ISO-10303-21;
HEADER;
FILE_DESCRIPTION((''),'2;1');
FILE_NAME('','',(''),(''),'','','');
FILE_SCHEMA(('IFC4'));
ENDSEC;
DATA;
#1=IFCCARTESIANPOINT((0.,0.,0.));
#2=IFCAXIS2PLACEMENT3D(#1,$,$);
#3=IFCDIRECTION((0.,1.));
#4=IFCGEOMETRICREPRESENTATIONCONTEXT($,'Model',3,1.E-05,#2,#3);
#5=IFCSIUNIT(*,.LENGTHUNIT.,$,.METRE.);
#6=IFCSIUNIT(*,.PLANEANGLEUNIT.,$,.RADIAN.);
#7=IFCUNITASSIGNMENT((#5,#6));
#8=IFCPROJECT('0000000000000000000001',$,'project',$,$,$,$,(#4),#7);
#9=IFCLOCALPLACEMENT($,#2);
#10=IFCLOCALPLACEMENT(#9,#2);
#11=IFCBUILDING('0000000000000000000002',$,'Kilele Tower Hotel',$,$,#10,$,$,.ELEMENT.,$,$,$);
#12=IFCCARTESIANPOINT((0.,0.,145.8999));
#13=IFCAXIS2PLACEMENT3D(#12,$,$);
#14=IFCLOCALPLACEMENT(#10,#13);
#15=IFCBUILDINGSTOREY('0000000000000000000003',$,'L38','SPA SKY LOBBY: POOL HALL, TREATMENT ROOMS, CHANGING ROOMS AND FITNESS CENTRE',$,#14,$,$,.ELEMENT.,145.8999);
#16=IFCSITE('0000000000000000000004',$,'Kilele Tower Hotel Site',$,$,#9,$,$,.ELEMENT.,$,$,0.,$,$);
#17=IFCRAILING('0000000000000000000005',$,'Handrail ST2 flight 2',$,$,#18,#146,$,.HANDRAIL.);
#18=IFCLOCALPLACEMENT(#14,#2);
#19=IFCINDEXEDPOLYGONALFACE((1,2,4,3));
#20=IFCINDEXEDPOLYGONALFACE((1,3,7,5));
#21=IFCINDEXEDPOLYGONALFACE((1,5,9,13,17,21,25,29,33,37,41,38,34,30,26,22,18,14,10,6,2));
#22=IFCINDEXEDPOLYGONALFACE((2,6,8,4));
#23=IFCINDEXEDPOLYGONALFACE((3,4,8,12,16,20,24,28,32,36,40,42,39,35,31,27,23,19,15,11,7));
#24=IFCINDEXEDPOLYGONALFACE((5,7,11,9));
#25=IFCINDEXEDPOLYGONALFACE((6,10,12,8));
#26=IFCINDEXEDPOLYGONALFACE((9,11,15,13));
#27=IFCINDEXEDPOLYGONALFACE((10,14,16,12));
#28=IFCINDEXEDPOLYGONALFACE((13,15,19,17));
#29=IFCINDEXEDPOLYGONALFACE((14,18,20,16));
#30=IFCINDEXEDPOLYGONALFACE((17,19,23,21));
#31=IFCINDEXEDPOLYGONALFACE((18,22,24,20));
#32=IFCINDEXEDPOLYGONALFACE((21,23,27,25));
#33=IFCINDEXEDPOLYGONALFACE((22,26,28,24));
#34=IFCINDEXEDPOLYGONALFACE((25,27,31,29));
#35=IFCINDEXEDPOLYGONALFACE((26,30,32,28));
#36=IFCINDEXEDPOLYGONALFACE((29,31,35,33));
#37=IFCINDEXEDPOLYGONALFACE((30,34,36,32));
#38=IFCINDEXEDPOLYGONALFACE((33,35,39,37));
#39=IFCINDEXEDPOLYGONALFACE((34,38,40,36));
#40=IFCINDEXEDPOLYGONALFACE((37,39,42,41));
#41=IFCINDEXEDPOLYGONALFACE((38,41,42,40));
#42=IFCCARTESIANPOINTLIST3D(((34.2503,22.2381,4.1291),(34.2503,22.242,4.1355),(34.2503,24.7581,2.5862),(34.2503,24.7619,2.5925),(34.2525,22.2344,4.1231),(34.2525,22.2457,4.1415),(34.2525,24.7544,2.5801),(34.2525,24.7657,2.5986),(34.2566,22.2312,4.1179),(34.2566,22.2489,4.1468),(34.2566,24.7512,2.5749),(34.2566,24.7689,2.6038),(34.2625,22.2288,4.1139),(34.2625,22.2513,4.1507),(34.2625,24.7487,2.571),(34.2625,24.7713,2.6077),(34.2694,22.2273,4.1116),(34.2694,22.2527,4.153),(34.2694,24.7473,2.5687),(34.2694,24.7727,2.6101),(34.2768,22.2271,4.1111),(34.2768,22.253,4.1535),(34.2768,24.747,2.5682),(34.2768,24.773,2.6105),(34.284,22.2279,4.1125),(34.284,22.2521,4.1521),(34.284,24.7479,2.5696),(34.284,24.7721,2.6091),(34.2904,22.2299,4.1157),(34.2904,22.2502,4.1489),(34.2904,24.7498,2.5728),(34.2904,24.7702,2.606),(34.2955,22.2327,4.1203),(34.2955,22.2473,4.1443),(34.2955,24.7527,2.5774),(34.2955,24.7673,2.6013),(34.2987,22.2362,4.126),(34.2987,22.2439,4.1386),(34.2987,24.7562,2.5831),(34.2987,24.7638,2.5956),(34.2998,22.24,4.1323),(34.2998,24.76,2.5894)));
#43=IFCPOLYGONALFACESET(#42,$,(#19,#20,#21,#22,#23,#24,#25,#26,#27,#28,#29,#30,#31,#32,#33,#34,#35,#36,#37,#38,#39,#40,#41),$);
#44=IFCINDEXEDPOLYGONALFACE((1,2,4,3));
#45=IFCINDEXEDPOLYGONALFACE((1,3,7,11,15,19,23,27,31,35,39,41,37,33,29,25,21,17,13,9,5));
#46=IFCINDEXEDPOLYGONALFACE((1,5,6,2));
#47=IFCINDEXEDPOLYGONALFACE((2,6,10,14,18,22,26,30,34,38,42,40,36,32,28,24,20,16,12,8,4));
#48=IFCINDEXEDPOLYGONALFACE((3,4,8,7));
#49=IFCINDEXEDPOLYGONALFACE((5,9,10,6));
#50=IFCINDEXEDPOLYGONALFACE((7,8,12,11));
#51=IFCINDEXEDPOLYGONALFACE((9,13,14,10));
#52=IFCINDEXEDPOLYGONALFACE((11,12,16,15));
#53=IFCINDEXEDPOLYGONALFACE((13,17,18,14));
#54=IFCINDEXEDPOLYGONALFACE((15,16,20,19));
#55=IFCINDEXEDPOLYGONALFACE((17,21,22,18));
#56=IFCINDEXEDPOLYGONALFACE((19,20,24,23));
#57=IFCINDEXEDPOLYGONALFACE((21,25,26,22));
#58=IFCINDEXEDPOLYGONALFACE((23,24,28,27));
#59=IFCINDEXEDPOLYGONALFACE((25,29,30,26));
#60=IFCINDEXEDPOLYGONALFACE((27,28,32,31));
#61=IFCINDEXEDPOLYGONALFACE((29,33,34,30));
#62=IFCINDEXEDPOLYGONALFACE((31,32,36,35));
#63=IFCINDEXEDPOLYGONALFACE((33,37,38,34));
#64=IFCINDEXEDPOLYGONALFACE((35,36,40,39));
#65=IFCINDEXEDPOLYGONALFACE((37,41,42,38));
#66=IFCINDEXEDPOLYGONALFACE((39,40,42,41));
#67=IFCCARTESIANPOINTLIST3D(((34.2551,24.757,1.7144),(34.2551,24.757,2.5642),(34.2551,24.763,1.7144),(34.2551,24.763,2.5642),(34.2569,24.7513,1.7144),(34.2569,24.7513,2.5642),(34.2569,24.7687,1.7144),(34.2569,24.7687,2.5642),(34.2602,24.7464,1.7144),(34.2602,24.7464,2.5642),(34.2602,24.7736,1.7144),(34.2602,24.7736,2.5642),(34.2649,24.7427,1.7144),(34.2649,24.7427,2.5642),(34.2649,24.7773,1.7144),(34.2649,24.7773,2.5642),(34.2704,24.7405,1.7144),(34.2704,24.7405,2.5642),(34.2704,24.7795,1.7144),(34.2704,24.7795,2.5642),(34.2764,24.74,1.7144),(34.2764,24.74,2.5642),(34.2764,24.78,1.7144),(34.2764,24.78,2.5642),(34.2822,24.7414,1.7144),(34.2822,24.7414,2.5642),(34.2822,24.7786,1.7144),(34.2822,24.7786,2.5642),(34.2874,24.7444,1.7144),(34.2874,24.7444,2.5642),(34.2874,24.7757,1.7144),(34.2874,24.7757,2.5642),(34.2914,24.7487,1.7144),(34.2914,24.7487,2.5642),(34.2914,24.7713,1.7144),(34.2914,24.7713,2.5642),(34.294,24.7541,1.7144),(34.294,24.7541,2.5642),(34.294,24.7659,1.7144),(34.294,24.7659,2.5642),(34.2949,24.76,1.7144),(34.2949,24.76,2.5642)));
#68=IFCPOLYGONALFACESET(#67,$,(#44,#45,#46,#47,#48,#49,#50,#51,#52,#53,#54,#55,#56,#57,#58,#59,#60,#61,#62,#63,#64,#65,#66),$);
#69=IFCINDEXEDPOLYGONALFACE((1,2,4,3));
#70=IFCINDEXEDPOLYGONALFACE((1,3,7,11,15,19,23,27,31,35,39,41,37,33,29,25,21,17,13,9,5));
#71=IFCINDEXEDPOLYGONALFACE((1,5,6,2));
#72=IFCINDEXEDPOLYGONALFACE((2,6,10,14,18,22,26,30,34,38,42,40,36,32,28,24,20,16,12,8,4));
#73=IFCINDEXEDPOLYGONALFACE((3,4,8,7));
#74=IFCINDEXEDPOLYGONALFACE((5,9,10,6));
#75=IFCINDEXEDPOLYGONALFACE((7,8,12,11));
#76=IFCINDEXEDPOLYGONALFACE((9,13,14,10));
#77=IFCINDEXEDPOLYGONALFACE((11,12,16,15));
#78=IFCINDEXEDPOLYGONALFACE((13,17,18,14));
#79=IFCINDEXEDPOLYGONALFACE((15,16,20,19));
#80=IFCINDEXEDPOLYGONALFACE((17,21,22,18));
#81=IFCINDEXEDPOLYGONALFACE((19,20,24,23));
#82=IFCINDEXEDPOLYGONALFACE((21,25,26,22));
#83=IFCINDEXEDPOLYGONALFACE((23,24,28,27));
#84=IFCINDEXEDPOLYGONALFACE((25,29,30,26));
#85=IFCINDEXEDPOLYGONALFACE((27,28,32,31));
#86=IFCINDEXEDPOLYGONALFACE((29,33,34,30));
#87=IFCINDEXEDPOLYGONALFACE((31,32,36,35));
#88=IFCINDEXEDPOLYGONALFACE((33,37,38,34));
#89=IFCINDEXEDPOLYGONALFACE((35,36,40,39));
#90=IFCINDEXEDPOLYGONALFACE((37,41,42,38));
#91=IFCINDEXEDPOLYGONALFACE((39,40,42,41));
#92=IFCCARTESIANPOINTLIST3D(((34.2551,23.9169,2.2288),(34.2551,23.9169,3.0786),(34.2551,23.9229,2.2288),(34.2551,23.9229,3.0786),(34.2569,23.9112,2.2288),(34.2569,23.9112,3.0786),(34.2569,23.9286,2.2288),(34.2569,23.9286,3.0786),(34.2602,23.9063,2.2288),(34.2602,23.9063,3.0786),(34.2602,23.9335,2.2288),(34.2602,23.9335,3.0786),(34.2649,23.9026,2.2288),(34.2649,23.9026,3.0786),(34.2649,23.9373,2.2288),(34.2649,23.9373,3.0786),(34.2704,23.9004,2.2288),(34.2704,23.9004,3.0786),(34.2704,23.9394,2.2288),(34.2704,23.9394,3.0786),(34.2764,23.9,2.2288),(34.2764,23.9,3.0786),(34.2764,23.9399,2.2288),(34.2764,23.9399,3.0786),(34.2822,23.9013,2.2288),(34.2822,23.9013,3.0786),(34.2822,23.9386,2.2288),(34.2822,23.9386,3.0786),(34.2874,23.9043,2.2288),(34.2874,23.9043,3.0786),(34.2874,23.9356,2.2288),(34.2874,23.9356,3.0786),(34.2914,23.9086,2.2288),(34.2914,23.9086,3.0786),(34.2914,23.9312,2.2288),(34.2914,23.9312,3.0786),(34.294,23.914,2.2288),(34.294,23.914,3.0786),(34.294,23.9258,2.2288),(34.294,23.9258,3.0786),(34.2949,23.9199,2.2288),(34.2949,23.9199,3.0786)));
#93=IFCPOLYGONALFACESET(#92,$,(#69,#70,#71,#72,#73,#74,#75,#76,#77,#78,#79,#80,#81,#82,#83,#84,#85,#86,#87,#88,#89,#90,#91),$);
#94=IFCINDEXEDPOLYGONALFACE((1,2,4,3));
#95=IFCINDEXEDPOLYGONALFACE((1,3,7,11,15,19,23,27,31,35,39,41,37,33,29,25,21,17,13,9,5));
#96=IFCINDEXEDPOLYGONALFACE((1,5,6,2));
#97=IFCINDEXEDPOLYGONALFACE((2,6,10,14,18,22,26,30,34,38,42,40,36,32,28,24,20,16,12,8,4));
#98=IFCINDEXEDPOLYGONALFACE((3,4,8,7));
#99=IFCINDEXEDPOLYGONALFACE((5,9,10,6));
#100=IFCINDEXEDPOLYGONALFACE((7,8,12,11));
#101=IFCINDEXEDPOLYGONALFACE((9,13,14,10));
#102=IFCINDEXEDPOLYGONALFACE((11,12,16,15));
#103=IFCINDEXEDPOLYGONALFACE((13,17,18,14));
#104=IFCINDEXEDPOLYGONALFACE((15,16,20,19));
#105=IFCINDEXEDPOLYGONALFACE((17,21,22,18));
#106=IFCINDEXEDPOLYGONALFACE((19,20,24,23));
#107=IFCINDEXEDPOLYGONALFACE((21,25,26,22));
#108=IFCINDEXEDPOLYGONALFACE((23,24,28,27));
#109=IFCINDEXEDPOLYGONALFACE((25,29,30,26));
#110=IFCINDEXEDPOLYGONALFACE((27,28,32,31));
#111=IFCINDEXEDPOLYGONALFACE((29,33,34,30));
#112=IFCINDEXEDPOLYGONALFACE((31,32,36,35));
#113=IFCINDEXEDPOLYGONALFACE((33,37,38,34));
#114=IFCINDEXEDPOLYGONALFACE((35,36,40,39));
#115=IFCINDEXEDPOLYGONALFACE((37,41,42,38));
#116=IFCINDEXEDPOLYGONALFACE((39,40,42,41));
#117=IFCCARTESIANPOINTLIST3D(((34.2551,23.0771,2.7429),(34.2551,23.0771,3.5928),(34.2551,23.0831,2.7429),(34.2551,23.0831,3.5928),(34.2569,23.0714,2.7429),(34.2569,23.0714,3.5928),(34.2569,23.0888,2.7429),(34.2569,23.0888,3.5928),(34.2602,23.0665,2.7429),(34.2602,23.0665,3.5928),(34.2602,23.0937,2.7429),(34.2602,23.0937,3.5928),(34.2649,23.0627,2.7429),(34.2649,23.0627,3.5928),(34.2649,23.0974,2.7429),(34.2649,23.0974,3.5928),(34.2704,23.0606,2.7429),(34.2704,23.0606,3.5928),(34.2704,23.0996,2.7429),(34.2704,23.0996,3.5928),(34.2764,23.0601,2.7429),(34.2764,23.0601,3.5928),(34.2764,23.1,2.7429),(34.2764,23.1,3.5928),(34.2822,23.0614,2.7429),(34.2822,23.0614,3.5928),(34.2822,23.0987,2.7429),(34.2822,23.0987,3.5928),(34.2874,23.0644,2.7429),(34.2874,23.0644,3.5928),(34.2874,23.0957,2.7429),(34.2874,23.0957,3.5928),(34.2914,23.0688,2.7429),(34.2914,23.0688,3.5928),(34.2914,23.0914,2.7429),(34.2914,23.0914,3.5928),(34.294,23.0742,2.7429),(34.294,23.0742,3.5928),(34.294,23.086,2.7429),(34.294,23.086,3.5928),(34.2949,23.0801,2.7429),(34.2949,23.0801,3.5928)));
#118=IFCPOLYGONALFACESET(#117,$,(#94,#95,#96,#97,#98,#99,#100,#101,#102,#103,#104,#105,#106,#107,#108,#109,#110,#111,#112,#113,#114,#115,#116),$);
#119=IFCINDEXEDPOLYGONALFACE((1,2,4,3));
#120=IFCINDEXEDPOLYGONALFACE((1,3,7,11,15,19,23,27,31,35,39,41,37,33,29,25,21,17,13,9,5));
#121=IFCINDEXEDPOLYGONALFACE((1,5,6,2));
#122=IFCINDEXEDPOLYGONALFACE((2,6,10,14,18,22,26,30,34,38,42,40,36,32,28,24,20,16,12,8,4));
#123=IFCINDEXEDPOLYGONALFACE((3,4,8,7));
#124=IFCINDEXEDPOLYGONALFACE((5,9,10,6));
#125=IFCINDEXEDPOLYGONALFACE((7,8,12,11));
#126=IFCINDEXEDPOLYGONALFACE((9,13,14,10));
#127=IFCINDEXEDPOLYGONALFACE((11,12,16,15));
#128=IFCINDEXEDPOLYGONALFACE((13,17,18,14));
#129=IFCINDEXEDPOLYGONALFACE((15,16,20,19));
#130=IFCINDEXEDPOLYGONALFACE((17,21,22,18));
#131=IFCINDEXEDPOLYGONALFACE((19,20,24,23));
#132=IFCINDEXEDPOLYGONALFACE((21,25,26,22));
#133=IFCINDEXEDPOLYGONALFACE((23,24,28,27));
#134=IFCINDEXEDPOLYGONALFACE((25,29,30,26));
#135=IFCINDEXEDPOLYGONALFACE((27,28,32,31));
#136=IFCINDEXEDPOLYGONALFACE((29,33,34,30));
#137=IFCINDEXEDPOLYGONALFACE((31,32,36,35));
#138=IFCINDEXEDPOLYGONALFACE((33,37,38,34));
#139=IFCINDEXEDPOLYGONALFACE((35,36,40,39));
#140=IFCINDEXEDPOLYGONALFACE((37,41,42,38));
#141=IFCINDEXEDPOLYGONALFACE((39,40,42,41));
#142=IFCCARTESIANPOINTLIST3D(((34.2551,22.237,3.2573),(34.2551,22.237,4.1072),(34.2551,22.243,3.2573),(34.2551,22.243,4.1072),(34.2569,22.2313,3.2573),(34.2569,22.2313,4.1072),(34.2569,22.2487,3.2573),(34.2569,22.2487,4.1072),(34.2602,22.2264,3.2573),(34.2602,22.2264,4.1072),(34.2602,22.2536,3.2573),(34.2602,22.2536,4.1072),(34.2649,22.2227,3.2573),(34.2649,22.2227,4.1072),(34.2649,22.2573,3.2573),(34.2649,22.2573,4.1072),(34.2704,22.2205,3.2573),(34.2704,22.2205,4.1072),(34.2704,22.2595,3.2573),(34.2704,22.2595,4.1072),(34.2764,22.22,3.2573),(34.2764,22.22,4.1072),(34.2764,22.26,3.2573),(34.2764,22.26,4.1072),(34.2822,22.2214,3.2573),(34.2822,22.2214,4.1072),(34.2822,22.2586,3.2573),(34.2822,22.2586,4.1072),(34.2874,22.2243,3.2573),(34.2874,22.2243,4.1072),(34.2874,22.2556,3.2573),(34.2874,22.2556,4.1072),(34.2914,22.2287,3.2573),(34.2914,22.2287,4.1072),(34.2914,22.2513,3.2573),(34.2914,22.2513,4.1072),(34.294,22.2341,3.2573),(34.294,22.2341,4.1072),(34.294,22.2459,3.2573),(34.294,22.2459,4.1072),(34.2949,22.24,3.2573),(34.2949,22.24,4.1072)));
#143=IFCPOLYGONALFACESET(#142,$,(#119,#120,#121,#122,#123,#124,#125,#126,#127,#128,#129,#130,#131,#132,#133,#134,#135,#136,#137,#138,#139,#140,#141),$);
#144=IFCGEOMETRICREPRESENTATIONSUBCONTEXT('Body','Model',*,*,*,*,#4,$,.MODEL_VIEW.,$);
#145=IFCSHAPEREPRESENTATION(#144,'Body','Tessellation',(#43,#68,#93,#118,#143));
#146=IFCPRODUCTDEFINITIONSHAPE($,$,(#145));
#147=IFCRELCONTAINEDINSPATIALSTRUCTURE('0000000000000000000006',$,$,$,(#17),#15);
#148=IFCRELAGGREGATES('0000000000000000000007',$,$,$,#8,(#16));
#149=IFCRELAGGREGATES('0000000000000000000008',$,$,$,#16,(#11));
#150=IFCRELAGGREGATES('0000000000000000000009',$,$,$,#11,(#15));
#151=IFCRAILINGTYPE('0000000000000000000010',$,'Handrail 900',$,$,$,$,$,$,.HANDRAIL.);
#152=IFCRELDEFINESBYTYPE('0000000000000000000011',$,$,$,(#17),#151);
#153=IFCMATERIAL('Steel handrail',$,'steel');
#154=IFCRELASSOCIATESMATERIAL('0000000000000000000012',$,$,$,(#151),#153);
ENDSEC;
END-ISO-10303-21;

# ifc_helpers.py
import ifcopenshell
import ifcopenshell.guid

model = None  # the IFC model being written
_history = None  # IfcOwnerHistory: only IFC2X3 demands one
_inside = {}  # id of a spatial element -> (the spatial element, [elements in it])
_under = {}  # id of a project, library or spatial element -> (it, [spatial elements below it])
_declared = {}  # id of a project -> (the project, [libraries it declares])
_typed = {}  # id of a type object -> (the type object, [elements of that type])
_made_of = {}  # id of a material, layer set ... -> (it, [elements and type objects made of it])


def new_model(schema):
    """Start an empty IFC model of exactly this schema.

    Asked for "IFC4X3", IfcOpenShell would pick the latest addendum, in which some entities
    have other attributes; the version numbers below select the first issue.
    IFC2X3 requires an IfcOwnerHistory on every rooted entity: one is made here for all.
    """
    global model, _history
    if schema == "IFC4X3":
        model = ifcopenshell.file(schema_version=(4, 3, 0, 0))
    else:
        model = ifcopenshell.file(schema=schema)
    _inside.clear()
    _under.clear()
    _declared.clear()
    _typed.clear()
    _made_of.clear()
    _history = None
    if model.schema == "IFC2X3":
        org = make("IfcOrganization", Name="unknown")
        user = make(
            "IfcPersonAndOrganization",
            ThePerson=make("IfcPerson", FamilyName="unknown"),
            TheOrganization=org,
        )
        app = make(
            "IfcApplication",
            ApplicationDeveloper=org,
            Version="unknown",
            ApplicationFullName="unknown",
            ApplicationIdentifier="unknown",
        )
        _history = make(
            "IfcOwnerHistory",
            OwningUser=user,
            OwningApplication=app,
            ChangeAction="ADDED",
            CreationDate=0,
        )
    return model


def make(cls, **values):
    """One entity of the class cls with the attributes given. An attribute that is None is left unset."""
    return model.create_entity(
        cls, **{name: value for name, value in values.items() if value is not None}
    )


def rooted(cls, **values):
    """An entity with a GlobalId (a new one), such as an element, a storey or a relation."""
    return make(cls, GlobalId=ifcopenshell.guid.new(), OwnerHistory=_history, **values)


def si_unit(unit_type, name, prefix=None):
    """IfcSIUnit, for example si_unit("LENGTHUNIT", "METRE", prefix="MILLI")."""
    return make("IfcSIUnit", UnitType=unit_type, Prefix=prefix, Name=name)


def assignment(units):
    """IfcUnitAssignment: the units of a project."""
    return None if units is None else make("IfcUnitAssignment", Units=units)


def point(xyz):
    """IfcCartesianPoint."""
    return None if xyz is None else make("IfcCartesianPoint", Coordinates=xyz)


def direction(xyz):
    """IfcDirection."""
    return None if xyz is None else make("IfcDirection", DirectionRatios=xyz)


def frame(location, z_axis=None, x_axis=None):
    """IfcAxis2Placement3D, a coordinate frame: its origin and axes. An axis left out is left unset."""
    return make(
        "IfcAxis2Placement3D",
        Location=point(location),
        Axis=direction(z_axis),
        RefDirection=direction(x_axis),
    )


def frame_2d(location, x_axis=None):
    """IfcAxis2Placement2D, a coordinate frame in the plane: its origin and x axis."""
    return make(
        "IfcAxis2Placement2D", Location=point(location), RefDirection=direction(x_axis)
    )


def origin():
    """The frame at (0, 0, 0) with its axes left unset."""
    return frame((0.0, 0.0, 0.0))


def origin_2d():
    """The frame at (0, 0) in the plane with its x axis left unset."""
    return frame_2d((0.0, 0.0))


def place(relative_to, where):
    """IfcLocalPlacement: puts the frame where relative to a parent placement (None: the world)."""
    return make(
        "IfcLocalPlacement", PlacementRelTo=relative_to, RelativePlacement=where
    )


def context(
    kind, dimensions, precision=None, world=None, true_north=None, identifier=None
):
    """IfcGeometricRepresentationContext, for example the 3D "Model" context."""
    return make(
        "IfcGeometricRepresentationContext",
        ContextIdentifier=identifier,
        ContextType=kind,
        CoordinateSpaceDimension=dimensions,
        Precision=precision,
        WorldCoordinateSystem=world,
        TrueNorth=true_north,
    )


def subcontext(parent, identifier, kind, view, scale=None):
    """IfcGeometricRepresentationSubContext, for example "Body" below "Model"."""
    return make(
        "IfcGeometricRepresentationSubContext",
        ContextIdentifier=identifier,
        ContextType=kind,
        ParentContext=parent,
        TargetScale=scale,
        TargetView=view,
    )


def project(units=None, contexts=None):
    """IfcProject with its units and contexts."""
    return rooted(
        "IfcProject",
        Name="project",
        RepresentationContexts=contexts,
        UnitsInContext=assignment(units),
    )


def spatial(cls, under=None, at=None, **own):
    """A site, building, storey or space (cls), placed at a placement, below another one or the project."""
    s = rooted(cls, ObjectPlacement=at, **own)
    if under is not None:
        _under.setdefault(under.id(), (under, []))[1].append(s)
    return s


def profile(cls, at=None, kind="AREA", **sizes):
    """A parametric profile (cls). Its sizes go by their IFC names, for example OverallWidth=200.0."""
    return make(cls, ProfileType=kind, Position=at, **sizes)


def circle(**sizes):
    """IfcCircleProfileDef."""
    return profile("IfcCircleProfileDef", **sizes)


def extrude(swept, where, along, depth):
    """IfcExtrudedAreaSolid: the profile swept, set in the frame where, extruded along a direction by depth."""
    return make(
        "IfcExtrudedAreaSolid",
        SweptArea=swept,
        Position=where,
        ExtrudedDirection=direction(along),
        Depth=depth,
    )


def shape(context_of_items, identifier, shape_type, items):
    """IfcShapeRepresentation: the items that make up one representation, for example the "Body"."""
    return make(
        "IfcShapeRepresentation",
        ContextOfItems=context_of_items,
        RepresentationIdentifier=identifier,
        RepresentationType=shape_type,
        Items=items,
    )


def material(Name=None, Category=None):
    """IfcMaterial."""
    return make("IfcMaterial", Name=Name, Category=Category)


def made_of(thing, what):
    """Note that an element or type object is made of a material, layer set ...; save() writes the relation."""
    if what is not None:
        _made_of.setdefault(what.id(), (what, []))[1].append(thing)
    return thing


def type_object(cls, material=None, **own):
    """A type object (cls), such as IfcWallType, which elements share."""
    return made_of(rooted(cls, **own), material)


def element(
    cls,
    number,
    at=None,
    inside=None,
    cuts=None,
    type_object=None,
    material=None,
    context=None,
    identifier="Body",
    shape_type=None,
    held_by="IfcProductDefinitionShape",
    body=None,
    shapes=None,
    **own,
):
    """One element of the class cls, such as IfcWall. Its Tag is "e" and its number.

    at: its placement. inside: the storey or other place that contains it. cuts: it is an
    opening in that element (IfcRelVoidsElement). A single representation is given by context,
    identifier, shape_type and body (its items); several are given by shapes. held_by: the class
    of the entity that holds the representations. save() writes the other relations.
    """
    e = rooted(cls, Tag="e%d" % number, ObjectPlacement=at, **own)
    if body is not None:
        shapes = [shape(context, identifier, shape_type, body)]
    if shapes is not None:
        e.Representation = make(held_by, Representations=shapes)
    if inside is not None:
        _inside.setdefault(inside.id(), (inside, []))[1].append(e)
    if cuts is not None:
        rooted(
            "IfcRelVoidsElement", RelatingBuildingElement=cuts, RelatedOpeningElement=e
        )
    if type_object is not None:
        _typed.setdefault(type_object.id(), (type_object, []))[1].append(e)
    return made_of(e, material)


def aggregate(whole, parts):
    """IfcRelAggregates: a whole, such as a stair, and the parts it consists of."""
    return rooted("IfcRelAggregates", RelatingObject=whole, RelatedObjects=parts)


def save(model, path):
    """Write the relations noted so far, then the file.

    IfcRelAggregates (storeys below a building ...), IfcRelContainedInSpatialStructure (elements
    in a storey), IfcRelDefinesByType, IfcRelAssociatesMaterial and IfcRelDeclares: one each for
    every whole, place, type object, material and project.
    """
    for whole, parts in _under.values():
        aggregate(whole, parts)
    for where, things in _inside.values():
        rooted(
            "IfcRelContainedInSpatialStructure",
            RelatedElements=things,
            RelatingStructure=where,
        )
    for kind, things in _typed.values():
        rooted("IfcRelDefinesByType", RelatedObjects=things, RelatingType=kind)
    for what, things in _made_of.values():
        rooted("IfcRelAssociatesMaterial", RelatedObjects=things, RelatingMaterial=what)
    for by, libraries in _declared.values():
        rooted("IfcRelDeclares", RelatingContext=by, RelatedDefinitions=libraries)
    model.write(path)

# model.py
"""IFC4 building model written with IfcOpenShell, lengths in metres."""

from ifc_helpers import new_model, si_unit, direction, frame, origin, origin_2d, place, context, subcontext, project, spatial, circle, extrude, material, type_object, element, save


model = new_model("IFC4")

# Units and contexts
model_context = context("Model", 3, precision=1e-05, world=origin(), true_north=direction((0.0, 1.0)))
body_context = subcontext(model_context, "Body", "Model", "MODEL_VIEW")
ifc_project = project(units=[si_unit("LENGTHUNIT", "METRE"), si_unit("PLANEANGLEUNIT", "RADIAN")], contexts=[model_context])

# Site, building, storey
site_placement = place(None, origin())
site = spatial("IfcSite", under=ifc_project, at=site_placement, Name="Kilele Tower Hotel Site", CompositionType="ELEMENT", RefElevation=0.0)
building_placement = place(site_placement, origin())
building = spatial("IfcBuilding", under=site, at=building_placement, Name="Kilele Tower Hotel", CompositionType="ELEMENT")
storey_placement = place(building_placement, frame((0.0, 0.0, 145.8999)))
storey = spatial("IfcBuildingStorey", under=building, at=storey_placement, Name="L38", Description="SPA SKY LOBBY: POOL HALL, TREATMENT ROOMS, CHANGING ROOMS AND FITNESS CENTRE", CompositionType="ELEMENT", Elevation=145.8999)

# Railing
ifc_material_1 = material(Name="Steel handrail", Category="steel")
railing_type_1 = type_object("IfcRailingType", Name="Handrail 900", PredefinedType="HANDRAIL", material=ifc_material_1)
for number, where, name in (
    (1, (34.2749, 24.76, 1.7144), "Handrail ST2 flight 2"),
):
    element("IfcRailing", number, at=place(storey_placement, frame(where)), inside=storey, type_object=railing_type_1, Name=name, PredefinedType="HANDRAIL", context=body_context, shape_type="SweptSolid", body=[
        extrude(circle(Radius=0.0249, at=origin_2d()), frame((0.0, 0.0, 0.875), z_axis=(0.0, -0.852836, 0.522178), x_axis=(1.0, 0.0, 0.0)), (0.0, 0.0, 1.0), 2.9548),
        extrude(circle(Radius=0.02, at=origin_2d()), origin(), (0.0, 0.0, 1.0), 0.8499),
        extrude(circle(Radius=0.02, at=origin_2d()), frame((0.0, -0.8401, 0.5144)), (0.0, 0.0, 1.0), 0.8499),
        extrude(circle(Radius=0.02, at=origin_2d()), frame((0.0, -1.6799, 1.0286)), (0.0, 0.0, 1.0), 0.8499),
        extrude(circle(Radius=0.02, at=origin_2d()), frame((0.0, -2.52, 1.543)), (0.0, 0.0, 1.0), 0.8499),
    ])

save(model, "model.ifc")
